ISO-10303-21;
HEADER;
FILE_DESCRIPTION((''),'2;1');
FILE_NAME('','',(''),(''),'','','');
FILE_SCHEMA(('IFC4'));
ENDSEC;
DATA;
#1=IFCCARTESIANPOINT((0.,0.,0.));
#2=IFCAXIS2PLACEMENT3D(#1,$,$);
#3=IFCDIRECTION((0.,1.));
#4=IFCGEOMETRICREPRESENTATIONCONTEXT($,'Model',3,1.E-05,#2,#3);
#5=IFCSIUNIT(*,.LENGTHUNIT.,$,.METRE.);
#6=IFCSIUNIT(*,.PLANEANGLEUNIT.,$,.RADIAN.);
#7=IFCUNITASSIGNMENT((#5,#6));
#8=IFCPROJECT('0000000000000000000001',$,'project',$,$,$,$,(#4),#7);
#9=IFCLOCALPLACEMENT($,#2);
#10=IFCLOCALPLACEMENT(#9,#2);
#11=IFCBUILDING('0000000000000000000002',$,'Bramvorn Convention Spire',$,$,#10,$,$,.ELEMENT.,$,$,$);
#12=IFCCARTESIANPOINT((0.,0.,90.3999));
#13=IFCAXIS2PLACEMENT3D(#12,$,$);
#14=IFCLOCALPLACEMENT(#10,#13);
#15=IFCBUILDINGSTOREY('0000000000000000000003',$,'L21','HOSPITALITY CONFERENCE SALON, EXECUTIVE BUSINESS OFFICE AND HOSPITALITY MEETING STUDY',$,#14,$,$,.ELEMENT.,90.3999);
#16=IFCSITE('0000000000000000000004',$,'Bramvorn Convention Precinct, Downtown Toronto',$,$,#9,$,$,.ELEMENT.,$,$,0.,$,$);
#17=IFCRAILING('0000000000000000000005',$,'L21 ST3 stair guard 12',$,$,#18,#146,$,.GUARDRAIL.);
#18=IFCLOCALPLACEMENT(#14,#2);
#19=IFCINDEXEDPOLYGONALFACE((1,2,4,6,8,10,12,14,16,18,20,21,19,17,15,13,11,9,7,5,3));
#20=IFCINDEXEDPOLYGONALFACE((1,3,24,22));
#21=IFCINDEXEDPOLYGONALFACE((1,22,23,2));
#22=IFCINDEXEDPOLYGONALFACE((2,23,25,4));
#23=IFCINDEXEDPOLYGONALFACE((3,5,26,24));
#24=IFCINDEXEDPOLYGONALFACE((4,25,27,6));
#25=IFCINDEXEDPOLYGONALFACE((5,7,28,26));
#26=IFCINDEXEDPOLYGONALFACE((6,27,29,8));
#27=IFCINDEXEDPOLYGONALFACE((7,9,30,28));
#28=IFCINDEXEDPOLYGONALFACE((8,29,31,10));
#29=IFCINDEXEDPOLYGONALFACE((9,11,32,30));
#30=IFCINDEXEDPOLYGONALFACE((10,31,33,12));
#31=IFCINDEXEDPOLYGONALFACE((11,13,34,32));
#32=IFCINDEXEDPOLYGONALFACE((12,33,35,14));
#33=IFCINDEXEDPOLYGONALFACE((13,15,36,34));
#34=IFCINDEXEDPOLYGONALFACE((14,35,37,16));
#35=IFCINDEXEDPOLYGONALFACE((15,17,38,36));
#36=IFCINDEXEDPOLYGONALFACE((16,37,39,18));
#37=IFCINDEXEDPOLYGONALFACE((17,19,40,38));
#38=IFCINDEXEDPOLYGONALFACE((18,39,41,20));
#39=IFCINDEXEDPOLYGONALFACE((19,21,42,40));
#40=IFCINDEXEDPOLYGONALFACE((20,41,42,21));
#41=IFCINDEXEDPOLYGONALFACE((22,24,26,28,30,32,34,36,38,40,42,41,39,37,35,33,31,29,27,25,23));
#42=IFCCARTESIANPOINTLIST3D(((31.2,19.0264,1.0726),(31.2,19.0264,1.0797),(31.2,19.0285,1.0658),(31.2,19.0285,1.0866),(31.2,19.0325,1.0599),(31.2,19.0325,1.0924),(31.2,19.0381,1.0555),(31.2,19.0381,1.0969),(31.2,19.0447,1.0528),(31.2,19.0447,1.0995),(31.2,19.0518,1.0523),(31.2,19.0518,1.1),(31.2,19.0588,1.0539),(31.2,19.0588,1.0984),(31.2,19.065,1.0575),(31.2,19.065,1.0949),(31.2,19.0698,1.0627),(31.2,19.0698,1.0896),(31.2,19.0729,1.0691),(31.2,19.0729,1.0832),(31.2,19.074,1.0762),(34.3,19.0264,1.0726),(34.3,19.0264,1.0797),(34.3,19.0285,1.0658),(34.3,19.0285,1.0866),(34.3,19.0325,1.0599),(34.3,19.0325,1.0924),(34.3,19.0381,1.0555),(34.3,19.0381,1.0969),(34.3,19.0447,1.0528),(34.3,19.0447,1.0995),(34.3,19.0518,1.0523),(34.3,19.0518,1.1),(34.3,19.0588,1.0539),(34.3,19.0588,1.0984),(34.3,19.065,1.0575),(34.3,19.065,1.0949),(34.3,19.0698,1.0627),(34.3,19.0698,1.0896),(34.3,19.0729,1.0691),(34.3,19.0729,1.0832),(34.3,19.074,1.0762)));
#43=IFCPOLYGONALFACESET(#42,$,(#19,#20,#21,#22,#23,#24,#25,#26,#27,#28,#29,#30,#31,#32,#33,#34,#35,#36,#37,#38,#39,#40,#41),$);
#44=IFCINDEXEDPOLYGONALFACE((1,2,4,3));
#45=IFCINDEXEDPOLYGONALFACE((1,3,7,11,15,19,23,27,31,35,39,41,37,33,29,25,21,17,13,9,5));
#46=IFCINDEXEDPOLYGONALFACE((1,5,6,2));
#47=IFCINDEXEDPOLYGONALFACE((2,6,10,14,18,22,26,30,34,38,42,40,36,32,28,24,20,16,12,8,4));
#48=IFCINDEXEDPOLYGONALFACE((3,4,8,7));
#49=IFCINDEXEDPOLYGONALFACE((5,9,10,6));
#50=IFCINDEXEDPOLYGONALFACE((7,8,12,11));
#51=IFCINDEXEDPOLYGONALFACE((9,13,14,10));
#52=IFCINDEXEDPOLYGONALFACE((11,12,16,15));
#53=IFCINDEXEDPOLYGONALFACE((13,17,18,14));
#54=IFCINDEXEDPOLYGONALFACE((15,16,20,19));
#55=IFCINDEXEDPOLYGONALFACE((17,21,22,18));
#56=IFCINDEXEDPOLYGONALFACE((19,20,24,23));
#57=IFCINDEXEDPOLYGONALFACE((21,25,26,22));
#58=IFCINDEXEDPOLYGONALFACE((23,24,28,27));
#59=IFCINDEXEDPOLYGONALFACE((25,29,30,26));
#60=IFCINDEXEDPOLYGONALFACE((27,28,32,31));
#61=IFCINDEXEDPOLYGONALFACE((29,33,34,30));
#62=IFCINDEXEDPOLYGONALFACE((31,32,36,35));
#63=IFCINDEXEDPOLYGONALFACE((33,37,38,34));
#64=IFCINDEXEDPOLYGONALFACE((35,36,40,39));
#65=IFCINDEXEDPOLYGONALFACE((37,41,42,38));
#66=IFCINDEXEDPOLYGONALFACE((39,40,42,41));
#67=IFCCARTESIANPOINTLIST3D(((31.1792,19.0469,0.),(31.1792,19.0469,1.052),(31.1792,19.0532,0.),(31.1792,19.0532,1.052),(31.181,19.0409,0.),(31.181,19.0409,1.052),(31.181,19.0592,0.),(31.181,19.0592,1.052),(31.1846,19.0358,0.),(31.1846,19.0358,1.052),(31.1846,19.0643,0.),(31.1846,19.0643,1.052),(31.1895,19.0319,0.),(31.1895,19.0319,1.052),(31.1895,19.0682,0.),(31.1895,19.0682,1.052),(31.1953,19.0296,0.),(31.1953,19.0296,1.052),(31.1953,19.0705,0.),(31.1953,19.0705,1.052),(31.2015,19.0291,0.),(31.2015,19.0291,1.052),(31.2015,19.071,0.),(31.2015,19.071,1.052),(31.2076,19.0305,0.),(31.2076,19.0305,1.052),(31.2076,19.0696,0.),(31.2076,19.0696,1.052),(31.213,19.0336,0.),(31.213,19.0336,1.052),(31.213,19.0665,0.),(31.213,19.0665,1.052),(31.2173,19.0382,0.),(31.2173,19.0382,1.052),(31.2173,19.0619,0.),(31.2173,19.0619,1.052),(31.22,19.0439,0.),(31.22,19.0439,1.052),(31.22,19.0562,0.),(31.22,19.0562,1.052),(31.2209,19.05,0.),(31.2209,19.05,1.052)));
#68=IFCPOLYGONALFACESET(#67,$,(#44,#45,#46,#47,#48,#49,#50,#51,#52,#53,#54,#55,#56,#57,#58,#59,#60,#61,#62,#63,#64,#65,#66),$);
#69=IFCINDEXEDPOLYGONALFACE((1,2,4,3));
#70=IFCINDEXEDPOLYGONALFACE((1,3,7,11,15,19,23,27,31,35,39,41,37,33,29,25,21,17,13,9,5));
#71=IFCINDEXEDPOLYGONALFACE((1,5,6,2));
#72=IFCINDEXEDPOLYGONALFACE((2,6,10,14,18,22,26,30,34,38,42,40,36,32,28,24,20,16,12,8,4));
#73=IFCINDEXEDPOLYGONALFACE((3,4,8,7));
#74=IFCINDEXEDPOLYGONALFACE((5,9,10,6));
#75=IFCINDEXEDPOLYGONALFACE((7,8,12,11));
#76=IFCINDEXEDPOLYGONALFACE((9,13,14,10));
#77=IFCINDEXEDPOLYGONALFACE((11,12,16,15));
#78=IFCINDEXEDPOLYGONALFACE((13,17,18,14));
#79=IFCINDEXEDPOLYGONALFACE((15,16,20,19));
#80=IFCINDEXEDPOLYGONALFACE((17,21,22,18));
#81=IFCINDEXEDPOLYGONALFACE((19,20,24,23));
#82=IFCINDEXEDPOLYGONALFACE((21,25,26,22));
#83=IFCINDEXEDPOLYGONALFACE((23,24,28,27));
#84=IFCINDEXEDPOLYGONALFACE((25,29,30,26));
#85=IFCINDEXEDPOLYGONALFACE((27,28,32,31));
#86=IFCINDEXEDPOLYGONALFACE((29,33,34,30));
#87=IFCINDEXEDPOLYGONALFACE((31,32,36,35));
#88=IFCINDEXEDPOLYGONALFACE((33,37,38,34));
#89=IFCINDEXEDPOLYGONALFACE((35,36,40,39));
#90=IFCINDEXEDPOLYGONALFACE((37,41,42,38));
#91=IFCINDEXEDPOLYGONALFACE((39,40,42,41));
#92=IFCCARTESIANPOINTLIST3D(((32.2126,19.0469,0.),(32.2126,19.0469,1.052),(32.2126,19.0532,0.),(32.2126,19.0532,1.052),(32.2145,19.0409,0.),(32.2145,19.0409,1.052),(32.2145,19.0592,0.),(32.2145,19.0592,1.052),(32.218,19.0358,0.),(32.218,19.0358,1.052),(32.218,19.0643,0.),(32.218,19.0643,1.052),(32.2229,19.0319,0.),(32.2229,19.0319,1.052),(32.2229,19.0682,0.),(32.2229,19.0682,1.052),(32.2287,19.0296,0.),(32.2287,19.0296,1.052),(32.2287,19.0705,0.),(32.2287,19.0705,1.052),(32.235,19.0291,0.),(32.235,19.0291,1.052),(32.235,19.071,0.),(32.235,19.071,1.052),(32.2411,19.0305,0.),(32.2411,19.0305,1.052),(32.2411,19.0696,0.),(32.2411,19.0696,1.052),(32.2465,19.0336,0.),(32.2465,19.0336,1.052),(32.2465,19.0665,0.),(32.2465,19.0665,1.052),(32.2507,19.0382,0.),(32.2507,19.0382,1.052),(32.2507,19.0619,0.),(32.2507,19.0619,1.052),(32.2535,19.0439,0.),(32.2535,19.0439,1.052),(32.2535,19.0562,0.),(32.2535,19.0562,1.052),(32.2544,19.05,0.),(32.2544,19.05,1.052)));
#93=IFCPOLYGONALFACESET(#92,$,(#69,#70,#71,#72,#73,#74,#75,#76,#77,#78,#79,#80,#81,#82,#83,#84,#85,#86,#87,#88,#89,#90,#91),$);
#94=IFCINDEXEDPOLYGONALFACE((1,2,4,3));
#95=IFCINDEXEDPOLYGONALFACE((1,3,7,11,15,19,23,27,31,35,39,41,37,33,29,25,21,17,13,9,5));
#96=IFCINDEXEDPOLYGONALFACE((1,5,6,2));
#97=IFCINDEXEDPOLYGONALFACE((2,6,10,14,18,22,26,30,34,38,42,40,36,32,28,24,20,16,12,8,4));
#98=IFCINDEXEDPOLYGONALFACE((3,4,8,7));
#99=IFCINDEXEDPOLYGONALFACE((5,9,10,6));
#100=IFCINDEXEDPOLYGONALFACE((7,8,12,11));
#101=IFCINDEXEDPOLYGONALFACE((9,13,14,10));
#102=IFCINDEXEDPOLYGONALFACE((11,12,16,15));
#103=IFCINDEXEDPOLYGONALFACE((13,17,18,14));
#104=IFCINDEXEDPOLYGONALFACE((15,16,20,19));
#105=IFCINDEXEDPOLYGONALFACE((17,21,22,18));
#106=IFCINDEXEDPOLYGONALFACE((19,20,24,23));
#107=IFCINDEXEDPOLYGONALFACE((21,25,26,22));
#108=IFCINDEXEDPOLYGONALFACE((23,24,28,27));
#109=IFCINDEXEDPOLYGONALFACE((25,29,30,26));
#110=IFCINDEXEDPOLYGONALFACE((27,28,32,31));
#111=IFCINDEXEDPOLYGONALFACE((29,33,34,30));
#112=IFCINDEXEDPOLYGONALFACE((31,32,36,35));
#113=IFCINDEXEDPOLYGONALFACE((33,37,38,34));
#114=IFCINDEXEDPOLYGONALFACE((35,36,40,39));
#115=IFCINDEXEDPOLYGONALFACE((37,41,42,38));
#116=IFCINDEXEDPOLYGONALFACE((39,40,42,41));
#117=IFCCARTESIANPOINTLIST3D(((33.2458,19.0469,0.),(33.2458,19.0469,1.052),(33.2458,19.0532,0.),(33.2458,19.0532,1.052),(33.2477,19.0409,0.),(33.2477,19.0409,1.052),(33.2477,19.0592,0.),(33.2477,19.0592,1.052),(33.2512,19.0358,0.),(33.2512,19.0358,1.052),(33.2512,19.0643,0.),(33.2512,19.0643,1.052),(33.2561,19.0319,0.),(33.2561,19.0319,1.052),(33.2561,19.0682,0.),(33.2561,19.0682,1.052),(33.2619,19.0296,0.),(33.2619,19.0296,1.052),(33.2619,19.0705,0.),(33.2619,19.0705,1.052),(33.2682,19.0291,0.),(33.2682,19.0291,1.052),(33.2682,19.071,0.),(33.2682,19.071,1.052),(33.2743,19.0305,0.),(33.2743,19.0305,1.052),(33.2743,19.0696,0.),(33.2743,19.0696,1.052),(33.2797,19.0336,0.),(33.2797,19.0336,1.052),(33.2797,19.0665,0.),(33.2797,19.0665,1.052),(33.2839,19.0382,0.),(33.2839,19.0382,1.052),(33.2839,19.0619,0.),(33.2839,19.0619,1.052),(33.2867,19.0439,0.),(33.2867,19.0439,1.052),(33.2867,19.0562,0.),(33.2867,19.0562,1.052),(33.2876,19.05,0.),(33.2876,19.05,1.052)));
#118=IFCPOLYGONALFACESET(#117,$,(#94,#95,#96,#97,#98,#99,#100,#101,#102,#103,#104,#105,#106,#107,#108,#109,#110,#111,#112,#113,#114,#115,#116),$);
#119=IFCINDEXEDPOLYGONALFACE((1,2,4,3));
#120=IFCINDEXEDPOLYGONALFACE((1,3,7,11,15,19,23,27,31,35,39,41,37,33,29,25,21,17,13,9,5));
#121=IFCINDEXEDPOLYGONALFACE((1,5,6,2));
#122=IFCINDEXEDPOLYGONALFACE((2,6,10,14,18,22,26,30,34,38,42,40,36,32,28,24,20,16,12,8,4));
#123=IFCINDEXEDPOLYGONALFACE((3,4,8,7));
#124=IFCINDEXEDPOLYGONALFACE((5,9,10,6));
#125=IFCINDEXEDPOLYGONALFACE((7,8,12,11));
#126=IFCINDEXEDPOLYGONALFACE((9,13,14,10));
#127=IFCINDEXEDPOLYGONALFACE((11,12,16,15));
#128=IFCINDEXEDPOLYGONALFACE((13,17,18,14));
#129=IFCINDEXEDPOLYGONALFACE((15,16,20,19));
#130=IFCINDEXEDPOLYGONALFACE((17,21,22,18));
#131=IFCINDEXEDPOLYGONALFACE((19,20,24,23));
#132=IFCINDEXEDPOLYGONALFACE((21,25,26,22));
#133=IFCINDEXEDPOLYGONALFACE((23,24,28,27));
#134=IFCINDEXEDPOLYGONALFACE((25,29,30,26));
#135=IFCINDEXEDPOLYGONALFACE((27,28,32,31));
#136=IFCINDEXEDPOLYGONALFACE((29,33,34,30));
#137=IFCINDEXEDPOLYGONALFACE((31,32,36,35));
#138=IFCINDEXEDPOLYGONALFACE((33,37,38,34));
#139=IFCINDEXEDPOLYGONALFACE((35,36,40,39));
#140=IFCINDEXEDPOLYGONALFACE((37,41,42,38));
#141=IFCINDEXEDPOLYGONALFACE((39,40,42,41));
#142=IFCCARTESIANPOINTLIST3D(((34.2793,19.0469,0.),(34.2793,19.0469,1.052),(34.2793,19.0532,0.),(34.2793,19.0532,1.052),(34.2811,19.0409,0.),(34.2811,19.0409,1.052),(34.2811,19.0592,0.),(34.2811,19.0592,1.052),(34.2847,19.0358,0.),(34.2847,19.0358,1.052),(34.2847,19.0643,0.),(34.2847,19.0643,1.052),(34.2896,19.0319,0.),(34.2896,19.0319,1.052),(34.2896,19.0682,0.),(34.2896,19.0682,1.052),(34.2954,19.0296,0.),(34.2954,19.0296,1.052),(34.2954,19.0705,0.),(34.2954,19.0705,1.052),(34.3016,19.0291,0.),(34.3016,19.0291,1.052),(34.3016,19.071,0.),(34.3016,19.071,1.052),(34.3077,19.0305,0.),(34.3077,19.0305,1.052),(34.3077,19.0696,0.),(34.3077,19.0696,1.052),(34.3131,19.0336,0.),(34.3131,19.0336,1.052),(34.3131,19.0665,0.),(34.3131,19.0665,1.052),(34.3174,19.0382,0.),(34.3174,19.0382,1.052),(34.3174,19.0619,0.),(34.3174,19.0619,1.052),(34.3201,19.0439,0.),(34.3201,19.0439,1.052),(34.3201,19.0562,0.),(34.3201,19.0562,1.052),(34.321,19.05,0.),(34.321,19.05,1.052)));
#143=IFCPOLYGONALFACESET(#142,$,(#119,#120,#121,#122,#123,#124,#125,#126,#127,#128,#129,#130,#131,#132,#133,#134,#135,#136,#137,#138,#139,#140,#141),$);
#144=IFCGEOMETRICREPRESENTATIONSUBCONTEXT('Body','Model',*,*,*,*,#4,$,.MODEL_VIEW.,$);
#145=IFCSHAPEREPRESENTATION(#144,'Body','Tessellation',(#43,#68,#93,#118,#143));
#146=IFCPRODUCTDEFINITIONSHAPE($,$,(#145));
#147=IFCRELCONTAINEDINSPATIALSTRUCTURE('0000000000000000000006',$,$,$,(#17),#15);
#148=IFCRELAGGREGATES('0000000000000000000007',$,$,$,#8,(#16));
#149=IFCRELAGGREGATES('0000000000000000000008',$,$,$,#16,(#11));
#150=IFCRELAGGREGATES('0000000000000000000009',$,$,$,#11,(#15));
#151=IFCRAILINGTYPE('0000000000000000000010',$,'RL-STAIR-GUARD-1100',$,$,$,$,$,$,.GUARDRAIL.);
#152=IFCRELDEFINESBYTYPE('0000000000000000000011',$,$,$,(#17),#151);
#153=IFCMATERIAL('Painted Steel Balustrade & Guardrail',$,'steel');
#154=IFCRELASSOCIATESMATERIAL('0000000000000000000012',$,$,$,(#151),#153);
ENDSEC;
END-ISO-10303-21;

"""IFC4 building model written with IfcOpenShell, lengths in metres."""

from ifc_helpers import new_model, si_unit, direction, frame, origin, origin_2d, place, context, subcontext, project, spatial, circle, extrude, material, type_object, element, save


model = new_model("IFC4")

# Units and contexts
model_context = context("Model", 3, precision=1e-05, world=origin(), true_north=direction((0.0, 1.0)))
body_context = subcontext(model_context, "Body", "Model", "MODEL_VIEW")
ifc_project = project(units=[si_unit("LENGTHUNIT", "METRE"), si_unit("PLANEANGLEUNIT", "RADIAN")], contexts=[model_context])

# Site, building, storey
site_placement = place(None, origin())
site = spatial("IfcSite", under=ifc_project, at=site_placement, Name="Bramvorn Convention Precinct, Downtown Toronto", CompositionType="ELEMENT", RefElevation=0.0)
building_placement = place(site_placement, origin())
building = spatial("IfcBuilding", under=site, at=building_placement, Name="Bramvorn Convention Spire", CompositionType="ELEMENT")
storey_placement = place(building_placement, frame((0.0, 0.0, 90.3999)))
storey = spatial("IfcBuildingStorey", under=building, at=storey_placement, Name="L21", Description="HOSPITALITY CONFERENCE SALON, EXECUTIVE BUSINESS OFFICE AND HOSPITALITY MEETING STUDY", CompositionType="ELEMENT", Elevation=90.3999)

# Railing
ifc_material_1 = material(Name="Painted Steel Balustrade & Guardrail", Category="steel")
railing_type = type_object("IfcRailingType", Name="RL-STAIR-GUARD-1100", PredefinedType="GUARDRAIL", material=ifc_material_1)
railing_1_placement = place(storey_placement, frame((31.2, 19.05, 0.0)))
element("IfcRailing", 1, at=railing_1_placement, inside=storey, type_object=railing_type, Name="L21 ST3 stair guard 12", PredefinedType="GUARDRAIL", context=body_context, shape_type="SweptSolid", body=[
    extrude(circle(Radius=0.0239, at=origin_2d()), frame((0.0, 0.0, 1.0762), z_axis=(1.0, 0.0, 0.0), x_axis=(0.0, 1.0, 0.0)), (0.0, 0.0, 1.0), 3.1001),
    extrude(circle(Radius=0.021, at=origin_2d()), origin(), (0.0, 0.0, 1.0), 1.052),
    extrude(circle(Radius=0.021, at=origin_2d()), frame((1.0334, 0.0, 0.0)), (0.0, 0.0, 1.0), 1.052),
    extrude(circle(Radius=0.021, at=origin_2d()), frame((2.0667, 0.0, 0.0)), (0.0, 0.0, 1.0), 1.052),
    extrude(circle(Radius=0.021, at=origin_2d()), frame((3.1001, 0.0, 0.0)), (0.0, 0.0, 1.0), 1.052),
])

save(model, "model.ifc")
